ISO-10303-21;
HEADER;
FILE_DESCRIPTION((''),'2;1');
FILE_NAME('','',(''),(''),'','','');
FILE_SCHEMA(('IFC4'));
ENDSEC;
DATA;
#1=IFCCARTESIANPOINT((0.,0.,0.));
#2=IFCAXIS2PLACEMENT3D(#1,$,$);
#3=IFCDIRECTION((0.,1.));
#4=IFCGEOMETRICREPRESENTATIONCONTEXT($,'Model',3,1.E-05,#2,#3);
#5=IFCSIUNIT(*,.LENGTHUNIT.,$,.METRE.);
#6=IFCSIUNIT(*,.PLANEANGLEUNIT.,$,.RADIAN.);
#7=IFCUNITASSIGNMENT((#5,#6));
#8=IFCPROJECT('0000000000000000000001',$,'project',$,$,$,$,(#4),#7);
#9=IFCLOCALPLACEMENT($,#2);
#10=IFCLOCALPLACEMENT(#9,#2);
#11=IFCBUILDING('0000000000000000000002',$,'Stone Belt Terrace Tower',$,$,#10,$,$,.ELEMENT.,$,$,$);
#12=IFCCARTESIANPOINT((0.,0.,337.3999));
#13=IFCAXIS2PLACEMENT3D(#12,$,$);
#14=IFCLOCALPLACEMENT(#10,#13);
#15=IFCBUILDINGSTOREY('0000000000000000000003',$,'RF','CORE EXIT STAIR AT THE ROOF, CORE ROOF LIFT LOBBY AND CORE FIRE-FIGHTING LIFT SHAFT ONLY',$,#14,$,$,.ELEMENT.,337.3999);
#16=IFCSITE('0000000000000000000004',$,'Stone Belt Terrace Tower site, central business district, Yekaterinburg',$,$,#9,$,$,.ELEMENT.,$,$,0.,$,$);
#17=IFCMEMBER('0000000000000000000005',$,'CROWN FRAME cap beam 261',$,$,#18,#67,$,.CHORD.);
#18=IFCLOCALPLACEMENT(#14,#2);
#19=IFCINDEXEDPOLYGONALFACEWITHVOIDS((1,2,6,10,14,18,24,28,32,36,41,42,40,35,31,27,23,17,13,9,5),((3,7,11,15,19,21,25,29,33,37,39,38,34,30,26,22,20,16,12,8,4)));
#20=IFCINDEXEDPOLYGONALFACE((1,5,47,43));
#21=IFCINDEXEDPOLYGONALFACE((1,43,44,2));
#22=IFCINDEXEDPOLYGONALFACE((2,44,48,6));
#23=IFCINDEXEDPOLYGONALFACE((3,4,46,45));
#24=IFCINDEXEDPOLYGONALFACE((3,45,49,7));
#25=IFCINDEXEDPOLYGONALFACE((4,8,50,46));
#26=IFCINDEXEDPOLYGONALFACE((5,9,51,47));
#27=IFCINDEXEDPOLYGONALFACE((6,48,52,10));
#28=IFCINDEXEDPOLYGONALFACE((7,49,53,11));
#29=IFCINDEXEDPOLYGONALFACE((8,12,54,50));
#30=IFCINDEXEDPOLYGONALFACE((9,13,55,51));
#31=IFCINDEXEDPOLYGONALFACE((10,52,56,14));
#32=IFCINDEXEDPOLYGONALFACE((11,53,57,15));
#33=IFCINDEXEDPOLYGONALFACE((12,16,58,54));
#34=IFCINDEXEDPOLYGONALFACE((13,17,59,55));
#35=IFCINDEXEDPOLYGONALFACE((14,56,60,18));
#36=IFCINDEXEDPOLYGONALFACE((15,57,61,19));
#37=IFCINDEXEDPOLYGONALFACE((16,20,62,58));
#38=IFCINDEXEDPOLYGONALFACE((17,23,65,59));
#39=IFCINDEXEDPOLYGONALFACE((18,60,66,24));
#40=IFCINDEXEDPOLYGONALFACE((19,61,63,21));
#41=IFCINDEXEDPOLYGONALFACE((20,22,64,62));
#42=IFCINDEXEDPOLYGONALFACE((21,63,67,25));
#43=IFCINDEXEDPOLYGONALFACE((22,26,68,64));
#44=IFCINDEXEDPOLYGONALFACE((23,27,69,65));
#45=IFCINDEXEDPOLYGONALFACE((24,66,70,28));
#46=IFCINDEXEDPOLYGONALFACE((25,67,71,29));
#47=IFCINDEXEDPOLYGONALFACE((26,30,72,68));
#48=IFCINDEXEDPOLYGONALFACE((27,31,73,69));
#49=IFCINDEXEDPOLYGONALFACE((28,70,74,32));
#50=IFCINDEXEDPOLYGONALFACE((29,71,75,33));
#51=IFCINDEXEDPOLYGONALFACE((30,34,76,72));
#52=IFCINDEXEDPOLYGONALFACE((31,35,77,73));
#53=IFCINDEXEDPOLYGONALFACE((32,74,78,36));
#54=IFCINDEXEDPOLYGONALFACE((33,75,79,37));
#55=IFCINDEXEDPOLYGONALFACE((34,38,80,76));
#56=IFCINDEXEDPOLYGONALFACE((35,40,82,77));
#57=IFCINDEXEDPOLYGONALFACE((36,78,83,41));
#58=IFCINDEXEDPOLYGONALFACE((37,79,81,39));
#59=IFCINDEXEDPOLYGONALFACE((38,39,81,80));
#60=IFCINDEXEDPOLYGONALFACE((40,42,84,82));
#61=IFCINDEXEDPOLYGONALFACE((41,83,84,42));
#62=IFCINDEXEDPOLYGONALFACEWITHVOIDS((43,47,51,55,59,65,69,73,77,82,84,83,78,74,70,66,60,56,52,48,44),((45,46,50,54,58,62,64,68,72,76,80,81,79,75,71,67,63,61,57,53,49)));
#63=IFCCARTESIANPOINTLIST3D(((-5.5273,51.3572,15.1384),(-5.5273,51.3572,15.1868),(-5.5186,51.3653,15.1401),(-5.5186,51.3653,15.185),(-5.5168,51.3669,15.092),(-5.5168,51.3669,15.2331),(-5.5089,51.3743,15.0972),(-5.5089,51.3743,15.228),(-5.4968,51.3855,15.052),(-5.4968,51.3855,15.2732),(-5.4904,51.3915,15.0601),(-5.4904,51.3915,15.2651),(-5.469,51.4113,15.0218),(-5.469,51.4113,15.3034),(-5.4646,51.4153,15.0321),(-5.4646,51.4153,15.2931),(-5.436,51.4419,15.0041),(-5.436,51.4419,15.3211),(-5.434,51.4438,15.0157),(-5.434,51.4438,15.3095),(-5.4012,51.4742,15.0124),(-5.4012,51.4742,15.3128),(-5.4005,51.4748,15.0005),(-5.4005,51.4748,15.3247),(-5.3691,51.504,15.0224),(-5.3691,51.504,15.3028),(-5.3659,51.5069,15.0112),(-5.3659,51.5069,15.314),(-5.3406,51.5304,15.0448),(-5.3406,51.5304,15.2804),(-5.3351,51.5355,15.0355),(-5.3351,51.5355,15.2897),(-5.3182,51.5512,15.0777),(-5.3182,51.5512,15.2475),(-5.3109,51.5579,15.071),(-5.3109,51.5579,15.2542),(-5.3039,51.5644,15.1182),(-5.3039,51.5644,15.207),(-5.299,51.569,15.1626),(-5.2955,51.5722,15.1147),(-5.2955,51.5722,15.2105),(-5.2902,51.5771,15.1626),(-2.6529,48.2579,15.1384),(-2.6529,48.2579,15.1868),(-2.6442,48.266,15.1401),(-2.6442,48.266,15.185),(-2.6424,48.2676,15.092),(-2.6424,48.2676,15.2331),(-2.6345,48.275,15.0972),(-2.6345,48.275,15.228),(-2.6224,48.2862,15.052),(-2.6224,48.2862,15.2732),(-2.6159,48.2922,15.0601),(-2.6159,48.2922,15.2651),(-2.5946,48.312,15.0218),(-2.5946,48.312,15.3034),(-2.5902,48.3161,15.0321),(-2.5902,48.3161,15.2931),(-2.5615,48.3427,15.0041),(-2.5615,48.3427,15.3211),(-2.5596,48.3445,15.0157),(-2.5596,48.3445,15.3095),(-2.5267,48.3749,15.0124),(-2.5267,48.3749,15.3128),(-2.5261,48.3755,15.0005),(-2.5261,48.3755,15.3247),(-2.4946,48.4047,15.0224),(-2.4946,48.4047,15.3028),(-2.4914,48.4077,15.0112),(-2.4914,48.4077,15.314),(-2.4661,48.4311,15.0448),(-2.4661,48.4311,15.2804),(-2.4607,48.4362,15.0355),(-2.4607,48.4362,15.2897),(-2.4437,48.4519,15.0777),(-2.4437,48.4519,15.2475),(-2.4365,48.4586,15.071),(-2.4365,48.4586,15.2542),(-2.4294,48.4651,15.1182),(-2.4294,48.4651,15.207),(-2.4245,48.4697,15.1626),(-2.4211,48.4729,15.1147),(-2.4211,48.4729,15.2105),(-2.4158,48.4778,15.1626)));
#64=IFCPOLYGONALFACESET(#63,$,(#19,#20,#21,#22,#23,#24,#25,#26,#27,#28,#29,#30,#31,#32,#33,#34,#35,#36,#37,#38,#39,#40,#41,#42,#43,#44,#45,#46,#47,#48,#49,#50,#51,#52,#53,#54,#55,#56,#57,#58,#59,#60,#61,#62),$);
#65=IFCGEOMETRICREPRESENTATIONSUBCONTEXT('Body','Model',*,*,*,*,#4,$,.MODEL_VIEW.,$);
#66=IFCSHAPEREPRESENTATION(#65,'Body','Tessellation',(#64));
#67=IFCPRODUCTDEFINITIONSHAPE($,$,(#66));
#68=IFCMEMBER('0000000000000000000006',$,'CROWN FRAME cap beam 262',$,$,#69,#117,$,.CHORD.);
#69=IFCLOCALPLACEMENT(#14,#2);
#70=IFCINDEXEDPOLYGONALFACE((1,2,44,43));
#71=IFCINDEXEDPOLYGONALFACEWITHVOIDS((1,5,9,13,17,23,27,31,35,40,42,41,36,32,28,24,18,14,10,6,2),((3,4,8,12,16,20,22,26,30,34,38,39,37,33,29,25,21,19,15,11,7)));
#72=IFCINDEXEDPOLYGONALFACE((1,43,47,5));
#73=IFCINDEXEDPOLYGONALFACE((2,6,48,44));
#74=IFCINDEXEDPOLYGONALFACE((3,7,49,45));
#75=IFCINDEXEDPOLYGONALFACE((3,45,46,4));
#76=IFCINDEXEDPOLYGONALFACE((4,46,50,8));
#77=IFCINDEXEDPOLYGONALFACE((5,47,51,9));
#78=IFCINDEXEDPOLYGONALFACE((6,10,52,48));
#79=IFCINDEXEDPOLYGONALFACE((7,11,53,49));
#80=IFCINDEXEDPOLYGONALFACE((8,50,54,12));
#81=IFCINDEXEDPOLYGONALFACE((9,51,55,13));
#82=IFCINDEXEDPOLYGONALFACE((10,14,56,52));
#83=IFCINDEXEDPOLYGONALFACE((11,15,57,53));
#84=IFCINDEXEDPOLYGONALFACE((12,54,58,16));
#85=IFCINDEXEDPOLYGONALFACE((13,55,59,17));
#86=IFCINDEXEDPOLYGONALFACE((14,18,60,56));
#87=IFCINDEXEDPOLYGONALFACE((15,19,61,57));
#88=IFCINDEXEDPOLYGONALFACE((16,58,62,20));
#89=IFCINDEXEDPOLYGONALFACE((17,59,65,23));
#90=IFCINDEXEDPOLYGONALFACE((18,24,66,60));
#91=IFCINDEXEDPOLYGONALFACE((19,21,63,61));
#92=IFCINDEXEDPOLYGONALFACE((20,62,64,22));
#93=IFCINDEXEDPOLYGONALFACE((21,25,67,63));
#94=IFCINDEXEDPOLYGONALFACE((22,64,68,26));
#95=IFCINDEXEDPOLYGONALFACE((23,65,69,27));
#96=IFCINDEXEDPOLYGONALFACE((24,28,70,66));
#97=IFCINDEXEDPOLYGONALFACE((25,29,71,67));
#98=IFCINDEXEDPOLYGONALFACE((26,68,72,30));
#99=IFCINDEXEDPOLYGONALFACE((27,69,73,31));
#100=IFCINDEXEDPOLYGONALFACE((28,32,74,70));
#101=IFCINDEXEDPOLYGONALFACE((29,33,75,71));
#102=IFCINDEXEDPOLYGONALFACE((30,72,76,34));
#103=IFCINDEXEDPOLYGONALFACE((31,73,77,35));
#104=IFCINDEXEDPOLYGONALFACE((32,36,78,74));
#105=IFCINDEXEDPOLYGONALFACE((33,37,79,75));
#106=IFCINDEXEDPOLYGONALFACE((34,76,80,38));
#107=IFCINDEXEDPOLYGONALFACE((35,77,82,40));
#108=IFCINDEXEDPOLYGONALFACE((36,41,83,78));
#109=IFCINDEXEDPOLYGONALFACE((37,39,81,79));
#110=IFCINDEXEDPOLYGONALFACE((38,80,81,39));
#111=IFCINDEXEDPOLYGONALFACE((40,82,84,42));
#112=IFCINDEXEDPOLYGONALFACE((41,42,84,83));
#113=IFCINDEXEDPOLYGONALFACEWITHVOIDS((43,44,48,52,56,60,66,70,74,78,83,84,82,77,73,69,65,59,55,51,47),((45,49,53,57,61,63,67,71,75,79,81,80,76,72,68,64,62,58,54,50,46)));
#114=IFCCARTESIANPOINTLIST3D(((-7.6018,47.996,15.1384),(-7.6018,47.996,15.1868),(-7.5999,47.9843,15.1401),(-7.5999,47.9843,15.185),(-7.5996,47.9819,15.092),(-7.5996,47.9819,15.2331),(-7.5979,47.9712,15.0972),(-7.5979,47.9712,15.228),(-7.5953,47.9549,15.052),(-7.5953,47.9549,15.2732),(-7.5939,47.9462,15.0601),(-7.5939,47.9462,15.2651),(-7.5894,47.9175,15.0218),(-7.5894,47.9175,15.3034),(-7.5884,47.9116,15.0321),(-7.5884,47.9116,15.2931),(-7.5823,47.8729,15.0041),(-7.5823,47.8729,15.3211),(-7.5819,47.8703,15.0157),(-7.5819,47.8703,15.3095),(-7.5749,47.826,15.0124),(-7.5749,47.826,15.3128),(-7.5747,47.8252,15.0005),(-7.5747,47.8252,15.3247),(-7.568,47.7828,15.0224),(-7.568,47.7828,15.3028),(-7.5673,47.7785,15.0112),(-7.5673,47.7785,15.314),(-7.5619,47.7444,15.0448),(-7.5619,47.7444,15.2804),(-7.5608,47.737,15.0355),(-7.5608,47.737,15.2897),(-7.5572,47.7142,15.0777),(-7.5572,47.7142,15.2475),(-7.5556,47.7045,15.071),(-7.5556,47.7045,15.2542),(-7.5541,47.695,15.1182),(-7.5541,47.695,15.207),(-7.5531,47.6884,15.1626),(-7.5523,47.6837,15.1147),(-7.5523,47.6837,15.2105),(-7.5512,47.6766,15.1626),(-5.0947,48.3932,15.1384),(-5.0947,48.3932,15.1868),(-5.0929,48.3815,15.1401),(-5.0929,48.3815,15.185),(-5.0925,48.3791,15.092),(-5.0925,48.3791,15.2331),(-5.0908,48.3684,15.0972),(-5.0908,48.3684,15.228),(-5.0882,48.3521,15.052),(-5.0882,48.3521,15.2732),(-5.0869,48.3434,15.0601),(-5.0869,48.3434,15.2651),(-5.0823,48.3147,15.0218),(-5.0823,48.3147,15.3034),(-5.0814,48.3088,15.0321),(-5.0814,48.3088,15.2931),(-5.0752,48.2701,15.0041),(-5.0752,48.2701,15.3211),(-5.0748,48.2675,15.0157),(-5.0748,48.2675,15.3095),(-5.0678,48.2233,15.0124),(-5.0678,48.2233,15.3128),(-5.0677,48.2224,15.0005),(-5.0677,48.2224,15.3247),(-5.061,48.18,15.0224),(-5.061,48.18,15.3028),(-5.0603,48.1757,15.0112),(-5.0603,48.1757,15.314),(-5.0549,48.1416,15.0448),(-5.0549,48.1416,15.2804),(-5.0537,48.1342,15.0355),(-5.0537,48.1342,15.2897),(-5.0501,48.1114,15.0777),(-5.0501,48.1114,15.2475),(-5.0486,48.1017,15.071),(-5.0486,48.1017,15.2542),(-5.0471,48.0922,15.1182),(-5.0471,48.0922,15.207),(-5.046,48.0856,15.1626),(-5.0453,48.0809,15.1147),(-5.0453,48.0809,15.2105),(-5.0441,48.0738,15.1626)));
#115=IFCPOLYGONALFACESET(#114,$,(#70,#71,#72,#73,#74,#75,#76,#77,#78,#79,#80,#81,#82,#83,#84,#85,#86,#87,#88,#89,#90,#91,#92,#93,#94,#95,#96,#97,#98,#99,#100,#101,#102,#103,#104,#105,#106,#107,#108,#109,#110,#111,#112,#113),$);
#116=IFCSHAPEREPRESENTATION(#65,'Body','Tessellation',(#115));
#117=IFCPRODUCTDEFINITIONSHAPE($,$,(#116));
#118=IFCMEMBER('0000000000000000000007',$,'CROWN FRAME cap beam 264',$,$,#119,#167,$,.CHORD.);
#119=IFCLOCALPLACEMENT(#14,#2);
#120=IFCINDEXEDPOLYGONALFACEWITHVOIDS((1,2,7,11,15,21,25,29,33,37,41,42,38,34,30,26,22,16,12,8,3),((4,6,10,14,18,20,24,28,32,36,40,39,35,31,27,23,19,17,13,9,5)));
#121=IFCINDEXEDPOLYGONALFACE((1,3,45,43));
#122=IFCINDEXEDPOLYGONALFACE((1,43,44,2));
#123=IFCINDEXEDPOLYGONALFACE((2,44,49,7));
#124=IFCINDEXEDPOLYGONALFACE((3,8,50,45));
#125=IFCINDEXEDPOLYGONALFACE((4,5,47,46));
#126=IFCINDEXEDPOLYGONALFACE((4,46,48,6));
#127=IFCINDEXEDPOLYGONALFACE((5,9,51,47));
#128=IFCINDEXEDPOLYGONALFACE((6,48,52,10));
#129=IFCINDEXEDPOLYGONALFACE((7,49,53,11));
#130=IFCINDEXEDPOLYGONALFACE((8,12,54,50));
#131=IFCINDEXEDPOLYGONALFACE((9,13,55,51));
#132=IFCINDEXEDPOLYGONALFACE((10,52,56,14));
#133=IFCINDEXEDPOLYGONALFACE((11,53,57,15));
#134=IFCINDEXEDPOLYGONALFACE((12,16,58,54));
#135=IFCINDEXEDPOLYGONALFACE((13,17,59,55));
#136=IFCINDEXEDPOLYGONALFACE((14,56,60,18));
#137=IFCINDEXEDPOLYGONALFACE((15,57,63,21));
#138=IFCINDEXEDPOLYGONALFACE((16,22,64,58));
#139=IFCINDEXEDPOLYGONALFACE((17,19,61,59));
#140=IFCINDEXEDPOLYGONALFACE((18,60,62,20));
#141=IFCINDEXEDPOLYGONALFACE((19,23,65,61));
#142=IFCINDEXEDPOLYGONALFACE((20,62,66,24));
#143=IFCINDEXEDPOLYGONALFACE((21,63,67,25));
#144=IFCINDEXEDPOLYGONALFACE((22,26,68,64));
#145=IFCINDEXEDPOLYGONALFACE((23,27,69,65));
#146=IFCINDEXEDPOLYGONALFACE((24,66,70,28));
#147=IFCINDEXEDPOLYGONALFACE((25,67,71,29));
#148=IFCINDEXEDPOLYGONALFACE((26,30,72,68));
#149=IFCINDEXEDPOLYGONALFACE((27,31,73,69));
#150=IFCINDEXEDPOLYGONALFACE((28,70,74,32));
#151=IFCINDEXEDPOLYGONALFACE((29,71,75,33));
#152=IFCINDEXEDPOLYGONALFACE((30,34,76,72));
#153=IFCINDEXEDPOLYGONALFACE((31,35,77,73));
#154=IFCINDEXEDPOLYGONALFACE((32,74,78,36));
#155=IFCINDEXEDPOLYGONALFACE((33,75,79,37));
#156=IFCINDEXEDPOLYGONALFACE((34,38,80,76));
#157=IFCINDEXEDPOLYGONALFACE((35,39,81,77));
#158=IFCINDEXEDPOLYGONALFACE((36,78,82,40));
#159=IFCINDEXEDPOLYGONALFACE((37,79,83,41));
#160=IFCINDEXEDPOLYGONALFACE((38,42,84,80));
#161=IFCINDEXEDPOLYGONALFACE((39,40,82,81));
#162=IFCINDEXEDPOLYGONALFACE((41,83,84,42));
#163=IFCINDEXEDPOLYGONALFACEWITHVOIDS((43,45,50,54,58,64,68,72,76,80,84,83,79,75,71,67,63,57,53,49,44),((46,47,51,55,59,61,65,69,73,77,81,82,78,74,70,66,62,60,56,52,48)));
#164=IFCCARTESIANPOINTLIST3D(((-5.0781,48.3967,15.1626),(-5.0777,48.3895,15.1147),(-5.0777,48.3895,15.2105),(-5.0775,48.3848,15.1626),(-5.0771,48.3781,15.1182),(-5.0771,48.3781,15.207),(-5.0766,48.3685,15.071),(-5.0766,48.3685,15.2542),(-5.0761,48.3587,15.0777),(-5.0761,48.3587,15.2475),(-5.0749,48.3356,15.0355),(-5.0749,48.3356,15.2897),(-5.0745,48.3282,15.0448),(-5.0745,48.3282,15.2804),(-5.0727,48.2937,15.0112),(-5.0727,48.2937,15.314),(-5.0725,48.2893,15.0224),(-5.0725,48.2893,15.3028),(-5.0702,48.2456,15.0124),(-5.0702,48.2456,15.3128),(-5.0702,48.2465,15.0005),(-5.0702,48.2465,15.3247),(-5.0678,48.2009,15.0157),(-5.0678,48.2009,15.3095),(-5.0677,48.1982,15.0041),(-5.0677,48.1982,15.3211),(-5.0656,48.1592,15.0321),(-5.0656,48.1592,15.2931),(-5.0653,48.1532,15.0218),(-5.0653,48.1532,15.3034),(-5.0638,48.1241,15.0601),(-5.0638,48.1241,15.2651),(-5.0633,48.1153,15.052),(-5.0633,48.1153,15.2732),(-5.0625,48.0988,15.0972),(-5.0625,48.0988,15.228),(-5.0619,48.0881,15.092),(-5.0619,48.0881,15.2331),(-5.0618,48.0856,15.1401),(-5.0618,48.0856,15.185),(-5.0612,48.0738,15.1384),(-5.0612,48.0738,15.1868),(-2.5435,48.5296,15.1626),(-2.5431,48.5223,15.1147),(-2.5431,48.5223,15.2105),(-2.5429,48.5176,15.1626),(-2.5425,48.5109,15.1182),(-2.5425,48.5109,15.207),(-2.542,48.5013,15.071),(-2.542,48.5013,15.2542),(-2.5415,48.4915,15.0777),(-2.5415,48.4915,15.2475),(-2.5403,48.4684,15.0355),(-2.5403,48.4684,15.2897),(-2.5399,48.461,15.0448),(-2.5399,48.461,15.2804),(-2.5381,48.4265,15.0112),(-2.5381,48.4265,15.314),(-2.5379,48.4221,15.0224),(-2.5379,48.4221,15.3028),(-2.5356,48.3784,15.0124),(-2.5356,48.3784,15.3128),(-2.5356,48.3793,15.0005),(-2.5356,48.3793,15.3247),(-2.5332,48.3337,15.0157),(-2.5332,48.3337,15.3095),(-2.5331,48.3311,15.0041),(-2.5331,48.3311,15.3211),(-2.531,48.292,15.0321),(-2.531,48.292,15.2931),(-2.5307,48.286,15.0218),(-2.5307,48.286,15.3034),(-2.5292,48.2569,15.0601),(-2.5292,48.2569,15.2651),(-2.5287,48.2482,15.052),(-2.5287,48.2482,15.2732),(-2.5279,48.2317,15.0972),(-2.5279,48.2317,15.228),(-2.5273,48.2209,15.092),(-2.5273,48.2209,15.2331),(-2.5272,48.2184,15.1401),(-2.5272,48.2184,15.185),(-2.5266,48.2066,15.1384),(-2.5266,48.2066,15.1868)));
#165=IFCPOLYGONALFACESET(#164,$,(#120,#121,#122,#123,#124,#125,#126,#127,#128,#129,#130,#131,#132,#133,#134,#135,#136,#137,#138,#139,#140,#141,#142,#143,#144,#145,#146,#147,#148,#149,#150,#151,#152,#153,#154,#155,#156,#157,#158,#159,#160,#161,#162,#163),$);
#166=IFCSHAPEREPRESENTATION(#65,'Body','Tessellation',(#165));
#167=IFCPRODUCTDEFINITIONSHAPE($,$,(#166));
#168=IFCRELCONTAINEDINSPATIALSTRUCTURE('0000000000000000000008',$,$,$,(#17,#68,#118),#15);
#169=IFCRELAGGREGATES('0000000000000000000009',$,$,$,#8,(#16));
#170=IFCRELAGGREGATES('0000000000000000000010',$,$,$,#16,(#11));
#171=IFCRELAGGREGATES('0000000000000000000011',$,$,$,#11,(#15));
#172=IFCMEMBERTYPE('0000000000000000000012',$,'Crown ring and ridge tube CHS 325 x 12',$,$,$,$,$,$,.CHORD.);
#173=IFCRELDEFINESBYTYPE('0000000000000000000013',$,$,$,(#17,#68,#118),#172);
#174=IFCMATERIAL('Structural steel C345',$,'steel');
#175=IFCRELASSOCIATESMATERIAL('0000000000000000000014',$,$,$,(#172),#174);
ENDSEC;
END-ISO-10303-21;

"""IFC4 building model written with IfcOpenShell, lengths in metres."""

from ifc_helpers import new_model, si_unit, direction, frame, origin, origin_2d, place, context, subcontext, project, spatial, hollow_circle, extrude, material, material_profile, profile_set, type_object, element, save


model = new_model("IFC4")

# Units and contexts
model_context = context("Model", 3, precision=1e-05, world=origin(), true_north=direction((0.0, 1.0)))
body_context = subcontext(model_context, "Body", "Model", "MODEL_VIEW")
ifc_project = project(units=[si_unit("LENGTHUNIT", "METRE"), si_unit("PLANEANGLEUNIT", "RADIAN")], contexts=[model_context])

# Site, building, storey
site_placement = place(None, origin())
site = spatial("IfcSite", under=ifc_project, at=site_placement, Name="Stone Belt Terrace Tower site, central business district, Yekaterinburg", CompositionType="ELEMENT", RefElevation=0.0)
building_placement = place(site_placement, origin())
building = spatial("IfcBuilding", under=site, at=building_placement, Name="Stone Belt Terrace Tower", CompositionType="ELEMENT")
storey_placement = place(building_placement, frame((0.0, 0.0, 337.3999)))
storey = spatial("IfcBuildingStorey", under=building, at=storey_placement, Name="RF", Description="CORE EXIT STAIR AT THE ROOF, CORE ROOF LIFT LOBBY AND CORE FIRE-FIGHTING LIFT SHAFT ONLY", CompositionType="ELEMENT", Elevation=337.3999)

# Members
ifc_material_1 = material(Name="Structural steel C345", Category="steel")
ifc_material_profile_1 = material_profile(ifc_material_1, hollow_circle(Radius=0.1626, WallThickness=0.012, at=origin_2d()), Name="Structural steel C345 CHS 325x12")
ifc_profile_set_1 = profile_set([ifc_material_profile_1], Name="Structural steel C345")
member_type_1 = type_object("IfcMemberType", Name="Crown ring and ridge tube CHS 325 x 12", PredefinedType="CHORD", material=ifc_profile_set_1)
member_1_placement = place(storey_placement, frame((-5.4094, 51.4666, 15.1626), z_axis=(0.68001, -0.733203, 0.0), x_axis=(0.733203, 0.68001, 0.0)))
element("IfcMember", 1, at=member_1_placement, inside=storey, type_object=member_type_1, Name="CROWN FRAME cap beam 261", PredefinedType="CHORD", context=body_context, shape_type="SweptSolid", body=[
    extrude(hollow_circle(Radius=0.1626, WallThickness=0.012, at=origin_2d()), origin(), (0.0, 0.0, 1.0), 4.2271),
])
member_2_placement = place(storey_placement, frame((-5.0696, 48.2344, 15.1626), z_axis=(-0.98768, -0.156486, 0.0), x_axis=(0.156486, -0.98768, 0.0)))
element("IfcMember", 2, at=member_2_placement, inside=storey, type_object=member_type_1, Name="CROWN FRAME cap beam 262", PredefinedType="CHORD", context=body_context, shape_type="SweptSolid", body=[
    extrude(hollow_circle(Radius=0.1626, WallThickness=0.012, at=origin_2d()), origin(), (0.0, 0.0, 1.0), 2.5383),
])
member_3_placement = place(storey_placement, frame((-5.0696, 48.2344, 15.1626), z_axis=(0.99863, 0.052327, 0.0), x_axis=(-0.052327, 0.99863, 0.0)))
element("IfcMember", 3, at=member_3_placement, inside=storey, type_object=member_type_1, Name="CROWN FRAME cap beam 264", PredefinedType="CHORD", context=body_context, shape_type="SweptSolid", body=[
    extrude(hollow_circle(Radius=0.1626, WallThickness=0.012, at=origin_2d()), origin(), (0.0, 0.0, 1.0), 2.5381),
])

save(model, "model.ifc")
